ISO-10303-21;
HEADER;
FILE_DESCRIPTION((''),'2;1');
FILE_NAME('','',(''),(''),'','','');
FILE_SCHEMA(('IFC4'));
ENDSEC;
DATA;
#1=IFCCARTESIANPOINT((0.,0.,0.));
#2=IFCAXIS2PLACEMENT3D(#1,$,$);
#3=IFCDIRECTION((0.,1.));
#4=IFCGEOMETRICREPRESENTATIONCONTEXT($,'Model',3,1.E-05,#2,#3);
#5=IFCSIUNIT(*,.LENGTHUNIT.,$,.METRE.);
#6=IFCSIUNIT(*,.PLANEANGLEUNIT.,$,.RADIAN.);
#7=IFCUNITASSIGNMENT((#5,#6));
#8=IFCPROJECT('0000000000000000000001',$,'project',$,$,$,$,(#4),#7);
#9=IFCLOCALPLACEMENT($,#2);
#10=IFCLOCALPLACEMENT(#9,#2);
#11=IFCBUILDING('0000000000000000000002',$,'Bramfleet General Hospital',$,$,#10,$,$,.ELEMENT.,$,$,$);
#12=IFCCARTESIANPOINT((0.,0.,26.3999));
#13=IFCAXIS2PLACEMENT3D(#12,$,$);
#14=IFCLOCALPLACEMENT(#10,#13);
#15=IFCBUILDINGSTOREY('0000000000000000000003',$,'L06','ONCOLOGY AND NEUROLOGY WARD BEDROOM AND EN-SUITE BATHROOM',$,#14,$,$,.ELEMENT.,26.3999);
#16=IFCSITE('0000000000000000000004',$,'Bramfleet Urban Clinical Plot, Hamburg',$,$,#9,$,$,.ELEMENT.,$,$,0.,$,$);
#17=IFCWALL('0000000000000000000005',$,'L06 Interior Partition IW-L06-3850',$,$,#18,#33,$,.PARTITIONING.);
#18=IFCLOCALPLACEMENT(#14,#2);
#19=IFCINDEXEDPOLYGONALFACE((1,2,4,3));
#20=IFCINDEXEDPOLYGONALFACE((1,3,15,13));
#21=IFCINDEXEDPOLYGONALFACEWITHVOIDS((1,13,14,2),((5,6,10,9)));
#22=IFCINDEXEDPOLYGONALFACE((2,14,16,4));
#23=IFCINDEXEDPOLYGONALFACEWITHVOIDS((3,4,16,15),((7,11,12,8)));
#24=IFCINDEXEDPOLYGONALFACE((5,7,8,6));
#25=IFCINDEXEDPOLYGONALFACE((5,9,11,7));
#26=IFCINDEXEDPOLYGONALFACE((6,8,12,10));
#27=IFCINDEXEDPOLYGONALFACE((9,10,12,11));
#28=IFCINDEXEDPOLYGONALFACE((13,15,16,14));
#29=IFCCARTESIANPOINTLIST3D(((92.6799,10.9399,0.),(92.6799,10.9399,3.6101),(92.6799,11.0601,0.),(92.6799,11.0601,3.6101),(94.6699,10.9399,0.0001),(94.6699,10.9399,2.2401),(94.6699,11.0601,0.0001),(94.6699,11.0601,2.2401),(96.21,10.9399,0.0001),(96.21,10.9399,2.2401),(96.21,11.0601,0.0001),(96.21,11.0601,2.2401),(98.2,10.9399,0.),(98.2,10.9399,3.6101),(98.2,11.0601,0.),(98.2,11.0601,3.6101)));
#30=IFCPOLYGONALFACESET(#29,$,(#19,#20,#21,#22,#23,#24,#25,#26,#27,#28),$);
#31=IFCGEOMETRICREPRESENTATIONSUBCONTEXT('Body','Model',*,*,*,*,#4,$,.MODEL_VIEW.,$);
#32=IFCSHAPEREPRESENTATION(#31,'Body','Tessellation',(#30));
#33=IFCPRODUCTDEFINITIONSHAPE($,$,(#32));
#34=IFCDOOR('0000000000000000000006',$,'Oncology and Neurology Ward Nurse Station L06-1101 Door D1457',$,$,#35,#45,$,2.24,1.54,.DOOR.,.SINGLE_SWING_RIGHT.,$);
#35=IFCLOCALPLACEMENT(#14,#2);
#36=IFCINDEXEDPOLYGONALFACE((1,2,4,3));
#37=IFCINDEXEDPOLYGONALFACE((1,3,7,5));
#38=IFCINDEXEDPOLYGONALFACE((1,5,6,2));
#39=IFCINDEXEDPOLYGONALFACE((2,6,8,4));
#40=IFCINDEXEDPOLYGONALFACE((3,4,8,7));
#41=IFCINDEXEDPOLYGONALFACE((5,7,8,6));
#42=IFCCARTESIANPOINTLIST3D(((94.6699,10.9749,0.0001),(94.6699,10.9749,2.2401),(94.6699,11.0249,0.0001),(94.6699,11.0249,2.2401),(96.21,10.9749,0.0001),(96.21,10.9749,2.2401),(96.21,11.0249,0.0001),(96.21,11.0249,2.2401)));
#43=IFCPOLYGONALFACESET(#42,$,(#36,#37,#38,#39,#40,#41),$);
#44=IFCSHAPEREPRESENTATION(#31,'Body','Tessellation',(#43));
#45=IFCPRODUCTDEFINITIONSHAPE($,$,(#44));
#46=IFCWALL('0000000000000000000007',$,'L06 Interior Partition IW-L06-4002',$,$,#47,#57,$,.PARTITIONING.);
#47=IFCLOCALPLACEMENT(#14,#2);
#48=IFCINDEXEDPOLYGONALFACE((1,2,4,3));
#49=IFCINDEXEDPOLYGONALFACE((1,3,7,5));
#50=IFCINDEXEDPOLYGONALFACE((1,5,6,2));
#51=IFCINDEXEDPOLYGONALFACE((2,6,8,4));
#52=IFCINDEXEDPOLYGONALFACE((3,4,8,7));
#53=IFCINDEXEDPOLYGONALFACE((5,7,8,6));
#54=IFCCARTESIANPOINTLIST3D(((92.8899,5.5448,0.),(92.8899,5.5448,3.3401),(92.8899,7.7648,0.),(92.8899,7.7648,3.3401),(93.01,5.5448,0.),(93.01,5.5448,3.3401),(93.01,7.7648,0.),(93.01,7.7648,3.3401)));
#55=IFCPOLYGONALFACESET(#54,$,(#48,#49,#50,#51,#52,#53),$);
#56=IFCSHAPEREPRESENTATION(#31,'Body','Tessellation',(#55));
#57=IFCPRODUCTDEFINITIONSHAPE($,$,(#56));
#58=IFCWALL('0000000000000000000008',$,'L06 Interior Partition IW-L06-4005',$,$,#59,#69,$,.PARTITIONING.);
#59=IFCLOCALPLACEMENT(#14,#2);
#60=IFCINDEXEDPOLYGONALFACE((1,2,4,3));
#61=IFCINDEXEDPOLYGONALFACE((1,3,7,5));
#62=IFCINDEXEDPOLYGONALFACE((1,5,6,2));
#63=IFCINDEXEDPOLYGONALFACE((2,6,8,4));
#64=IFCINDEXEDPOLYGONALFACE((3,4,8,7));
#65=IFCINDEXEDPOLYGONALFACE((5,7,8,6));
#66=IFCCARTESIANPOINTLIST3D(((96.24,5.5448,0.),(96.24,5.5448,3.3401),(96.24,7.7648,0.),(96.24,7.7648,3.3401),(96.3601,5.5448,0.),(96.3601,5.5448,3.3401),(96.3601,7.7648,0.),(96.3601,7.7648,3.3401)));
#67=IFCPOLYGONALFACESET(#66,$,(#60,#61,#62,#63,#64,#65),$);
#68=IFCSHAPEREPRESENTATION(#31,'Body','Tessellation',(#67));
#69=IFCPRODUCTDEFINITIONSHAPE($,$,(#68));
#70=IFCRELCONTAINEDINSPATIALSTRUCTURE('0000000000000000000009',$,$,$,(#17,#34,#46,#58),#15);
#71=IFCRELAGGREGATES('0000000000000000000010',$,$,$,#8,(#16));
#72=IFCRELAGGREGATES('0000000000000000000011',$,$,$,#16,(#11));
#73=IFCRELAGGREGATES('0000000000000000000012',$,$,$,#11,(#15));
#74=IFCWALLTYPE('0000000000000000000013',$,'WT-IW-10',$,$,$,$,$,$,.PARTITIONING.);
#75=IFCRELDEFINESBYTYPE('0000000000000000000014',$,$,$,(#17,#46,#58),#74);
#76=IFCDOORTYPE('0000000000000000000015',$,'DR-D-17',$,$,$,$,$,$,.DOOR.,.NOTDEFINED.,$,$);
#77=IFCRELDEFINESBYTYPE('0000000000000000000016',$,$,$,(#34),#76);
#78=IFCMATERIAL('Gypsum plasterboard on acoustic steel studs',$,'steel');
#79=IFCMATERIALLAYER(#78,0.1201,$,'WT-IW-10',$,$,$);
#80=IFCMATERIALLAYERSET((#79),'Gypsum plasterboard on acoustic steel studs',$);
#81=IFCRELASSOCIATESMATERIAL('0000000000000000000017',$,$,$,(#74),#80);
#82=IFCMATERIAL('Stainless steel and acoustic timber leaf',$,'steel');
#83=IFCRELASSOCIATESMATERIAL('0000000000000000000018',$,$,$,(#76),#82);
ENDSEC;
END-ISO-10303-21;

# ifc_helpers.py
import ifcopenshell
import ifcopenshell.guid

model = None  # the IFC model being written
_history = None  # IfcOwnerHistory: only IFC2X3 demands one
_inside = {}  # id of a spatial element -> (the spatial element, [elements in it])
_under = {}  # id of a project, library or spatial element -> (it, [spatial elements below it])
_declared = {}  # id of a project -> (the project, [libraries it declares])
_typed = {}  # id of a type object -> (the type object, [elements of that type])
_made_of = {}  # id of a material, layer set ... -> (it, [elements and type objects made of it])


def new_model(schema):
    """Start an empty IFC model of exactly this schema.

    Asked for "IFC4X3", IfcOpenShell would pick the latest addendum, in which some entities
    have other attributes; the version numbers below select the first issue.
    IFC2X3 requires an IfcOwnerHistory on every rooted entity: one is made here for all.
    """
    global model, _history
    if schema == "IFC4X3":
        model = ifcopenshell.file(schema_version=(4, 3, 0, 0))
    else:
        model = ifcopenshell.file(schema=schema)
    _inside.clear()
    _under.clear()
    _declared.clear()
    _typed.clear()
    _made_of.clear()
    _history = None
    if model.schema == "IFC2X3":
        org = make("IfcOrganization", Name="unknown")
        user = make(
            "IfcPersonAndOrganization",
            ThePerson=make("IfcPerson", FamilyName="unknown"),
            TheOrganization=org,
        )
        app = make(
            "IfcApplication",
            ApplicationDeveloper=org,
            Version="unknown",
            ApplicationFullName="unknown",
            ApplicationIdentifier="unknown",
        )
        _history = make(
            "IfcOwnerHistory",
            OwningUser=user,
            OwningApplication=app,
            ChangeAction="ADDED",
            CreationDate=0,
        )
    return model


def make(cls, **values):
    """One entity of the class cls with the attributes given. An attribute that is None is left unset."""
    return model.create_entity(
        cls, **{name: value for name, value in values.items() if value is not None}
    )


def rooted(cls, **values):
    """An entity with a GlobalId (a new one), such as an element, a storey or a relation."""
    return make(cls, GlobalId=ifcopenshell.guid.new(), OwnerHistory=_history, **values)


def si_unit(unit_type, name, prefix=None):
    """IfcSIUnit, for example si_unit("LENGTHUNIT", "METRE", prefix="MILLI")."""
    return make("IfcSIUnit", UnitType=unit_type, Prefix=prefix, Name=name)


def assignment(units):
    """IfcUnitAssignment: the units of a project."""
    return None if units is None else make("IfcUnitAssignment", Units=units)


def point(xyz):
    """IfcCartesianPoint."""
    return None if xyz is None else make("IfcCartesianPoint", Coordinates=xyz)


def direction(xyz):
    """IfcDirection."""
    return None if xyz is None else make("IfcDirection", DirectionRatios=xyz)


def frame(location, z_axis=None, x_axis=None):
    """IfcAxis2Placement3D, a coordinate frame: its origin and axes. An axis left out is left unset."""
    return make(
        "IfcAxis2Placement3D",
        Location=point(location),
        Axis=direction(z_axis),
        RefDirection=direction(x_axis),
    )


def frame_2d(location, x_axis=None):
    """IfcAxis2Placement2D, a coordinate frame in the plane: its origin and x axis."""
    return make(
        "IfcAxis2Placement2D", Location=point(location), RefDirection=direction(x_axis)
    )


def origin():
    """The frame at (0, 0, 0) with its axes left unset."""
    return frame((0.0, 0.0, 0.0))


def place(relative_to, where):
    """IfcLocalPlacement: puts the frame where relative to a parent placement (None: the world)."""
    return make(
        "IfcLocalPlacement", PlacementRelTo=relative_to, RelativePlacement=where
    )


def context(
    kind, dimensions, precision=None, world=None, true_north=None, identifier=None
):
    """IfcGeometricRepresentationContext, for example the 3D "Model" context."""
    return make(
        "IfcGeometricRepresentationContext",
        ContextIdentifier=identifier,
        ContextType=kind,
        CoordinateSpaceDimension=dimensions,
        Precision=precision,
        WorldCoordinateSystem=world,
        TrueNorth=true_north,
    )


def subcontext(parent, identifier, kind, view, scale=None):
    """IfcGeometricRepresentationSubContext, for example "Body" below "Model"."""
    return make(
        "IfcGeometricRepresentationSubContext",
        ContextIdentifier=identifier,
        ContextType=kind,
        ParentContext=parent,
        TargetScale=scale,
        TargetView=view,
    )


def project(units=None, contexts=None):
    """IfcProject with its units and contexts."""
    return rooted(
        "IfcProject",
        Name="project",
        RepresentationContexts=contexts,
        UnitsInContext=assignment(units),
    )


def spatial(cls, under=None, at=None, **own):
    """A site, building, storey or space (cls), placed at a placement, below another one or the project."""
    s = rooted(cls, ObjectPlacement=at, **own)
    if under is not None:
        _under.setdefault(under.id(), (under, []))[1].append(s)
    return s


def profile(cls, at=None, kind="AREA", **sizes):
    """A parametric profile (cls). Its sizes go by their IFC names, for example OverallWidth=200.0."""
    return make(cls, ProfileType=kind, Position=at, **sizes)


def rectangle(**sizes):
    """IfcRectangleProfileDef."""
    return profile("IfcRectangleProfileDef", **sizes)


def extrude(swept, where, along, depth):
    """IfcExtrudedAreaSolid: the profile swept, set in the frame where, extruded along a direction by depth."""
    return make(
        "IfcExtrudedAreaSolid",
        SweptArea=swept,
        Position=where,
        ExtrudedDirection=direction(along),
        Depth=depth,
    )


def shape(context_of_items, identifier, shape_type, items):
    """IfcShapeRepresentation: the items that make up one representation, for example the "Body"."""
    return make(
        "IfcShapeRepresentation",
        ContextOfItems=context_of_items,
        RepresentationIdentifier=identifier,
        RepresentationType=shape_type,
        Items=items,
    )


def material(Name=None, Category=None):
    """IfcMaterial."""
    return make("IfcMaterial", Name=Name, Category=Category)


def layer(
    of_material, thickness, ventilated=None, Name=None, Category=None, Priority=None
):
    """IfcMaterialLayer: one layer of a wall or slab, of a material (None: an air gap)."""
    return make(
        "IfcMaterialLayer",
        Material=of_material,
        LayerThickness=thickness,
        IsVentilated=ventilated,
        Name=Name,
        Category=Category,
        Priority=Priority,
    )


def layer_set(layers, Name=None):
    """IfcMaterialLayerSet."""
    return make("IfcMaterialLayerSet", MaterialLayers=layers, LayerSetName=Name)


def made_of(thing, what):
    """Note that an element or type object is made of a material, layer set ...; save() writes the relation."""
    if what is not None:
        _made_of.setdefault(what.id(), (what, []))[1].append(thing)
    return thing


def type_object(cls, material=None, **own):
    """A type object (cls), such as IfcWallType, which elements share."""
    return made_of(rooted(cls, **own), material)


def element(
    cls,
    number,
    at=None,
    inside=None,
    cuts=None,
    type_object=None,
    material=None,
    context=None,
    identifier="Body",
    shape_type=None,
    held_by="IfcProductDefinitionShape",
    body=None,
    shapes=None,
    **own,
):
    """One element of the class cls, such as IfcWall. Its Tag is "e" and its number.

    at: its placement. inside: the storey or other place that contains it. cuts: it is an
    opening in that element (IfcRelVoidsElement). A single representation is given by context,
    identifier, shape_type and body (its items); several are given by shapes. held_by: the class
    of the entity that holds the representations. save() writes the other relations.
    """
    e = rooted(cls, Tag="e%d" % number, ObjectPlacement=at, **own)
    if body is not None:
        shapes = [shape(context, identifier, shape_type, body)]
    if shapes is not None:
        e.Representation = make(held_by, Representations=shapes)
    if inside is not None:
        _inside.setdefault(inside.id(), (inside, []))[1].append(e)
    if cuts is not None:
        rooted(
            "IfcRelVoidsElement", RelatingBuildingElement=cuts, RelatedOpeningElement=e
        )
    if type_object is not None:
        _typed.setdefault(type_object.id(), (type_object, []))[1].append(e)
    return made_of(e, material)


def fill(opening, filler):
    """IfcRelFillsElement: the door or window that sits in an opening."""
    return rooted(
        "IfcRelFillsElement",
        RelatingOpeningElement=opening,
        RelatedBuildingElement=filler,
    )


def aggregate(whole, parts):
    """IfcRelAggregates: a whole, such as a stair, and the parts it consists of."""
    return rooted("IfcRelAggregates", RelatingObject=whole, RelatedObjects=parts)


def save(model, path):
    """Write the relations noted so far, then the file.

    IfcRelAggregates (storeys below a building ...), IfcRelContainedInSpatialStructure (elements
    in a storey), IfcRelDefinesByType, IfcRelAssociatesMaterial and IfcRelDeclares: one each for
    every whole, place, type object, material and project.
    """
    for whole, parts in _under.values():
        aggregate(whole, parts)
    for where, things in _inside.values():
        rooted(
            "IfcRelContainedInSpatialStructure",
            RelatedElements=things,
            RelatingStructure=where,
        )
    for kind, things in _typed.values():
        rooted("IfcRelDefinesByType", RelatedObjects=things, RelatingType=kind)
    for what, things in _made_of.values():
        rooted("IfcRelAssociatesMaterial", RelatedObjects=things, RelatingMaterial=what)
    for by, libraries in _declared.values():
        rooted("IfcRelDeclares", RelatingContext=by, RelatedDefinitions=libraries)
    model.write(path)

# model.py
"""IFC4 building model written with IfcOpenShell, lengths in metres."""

from ifc_helpers import new_model, si_unit, direction, frame, frame_2d, origin, place, context, subcontext, project, spatial, rectangle, extrude, material, layer, layer_set, type_object, element, fill, save


model = new_model("IFC4")

# Units and contexts
model_context = context("Model", 3, precision=1e-05, world=origin(), true_north=direction((0.0, 1.0)))
body_context = subcontext(model_context, "Body", "Model", "MODEL_VIEW")
ifc_project = project(units=[si_unit("LENGTHUNIT", "METRE"), si_unit("PLANEANGLEUNIT", "RADIAN")], contexts=[model_context])

# Site, building, storey
site_placement = place(None, origin())
site = spatial("IfcSite", under=ifc_project, at=site_placement, Name="Bramfleet Urban Clinical Plot, Hamburg", CompositionType="ELEMENT", RefElevation=0.0)
building_placement = place(site_placement, origin())
building = spatial("IfcBuilding", under=site, at=building_placement, Name="Bramfleet General Hospital", CompositionType="ELEMENT")
storey_placement = place(building_placement, frame((0.0, 0.0, 26.3999)))
storey = spatial("IfcBuildingStorey", under=building, at=storey_placement, Name="L06", Description="ONCOLOGY AND NEUROLOGY WARD BEDROOM AND EN-SUITE BATHROOM", CompositionType="ELEMENT", Elevation=26.3999)

# Shared definitions
ifc_material_1 = material(Name="Stainless steel and acoustic timber leaf", Category="steel")
ifc_material_2 = material(Name="Gypsum plasterboard on acoustic steel studs", Category="steel")
ifc_layer_1 = layer(ifc_material_2, 0.1201, Name="WT-IW-10")
ifc_layer_set_1 = layer_set([ifc_layer_1], Name="Gypsum plasterboard on acoustic steel studs")
wall_type_1 = type_object("IfcWallType", Name="WT-IW-10", PredefinedType="PARTITIONING", material=ifc_layer_set_1)

# Wall, opening, door
wall_1_placement = place(storey_placement, frame((92.6799, 11.0, 0.0), z_axis=(0.0, 0.0, 1.0), x_axis=(1.0, 0.0, 0.0)))
wall_1 = element("IfcWall", 1, at=wall_1_placement, inside=storey, type_object=wall_type_1, Name="L06 Interior Partition IW-L06-3850", PredefinedType="PARTITIONING", context=body_context, shape_type="SweptSolid", body=[
    extrude(rectangle(XDim=5.52, YDim=0.1201, at=frame_2d((2.76, 0.0))), origin(), (0.0, 0.0, 1.0), 3.6101),
])
opening_1_placement = place(wall_1_placement, frame((1.99, 0.0, 0.0)))
opening_1 = element("IfcOpeningElement", 2, at=opening_1_placement, cuts=wall_1, PredefinedType="OPENING", context=body_context, shape_type="SweptSolid", body=[
    extrude(rectangle(XDim=1.54, YDim=2.24, at=frame_2d((0.77, 1.1201))), frame((0.0, 0.0701, 0.0), z_axis=(0.0, -1.0, 0.0), x_axis=(1.0, 0.0, 0.0)), (0.0, 0.0, 1.0), 0.1401),
])
door_type_1 = type_object("IfcDoorType", Name="DR-D-17", OperationType="NOTDEFINED", PredefinedType="DOOR", material=ifc_material_1)
door_1_placement = place(opening_1_placement, origin())
door_1 = element("IfcDoor", 3, at=door_1_placement, inside=storey, type_object=door_type_1, Name="Oncology and Neurology Ward Nurse Station L06-1101 Door D1457", OperationType="SINGLE_SWING_RIGHT", OverallHeight=2.24, OverallWidth=1.54, PredefinedType="DOOR", context=body_context, shape_type="SweptSolid", body=[
    extrude(rectangle(XDim=1.54, YDim=2.24, at=frame_2d((0.77, 1.1201))), frame((0.0, 0.0249, 0.0), z_axis=(0.0, -1.0, 0.0), x_axis=(1.0, 0.0, 0.0)), (0.0, 0.0, 1.0), 0.05),
])
fill(opening_1, door_1)

# Walls
for number, where, z_axis, x_axis, name in (
    (4, (92.95, 5.5449, 0.0), (0.0, 0.0, 1.0), (0.0, 1.0, 0.0), "L06 Interior Partition IW-L06-4002"),
    (5, (96.3, 5.5449, 0.0), (0.0, 0.0, 1.0), (0.0, 1.0, 0.0), "L06 Interior Partition IW-L06-4005"),
):
    element("IfcWall", number, at=place(storey_placement, frame(where, z_axis=z_axis, x_axis=x_axis)), inside=storey, type_object=wall_type_1, Name=name, PredefinedType="PARTITIONING", context=body_context, shape_type="SweptSolid", body=[
        extrude(rectangle(XDim=2.22, YDim=0.1201, at=frame_2d((1.1099, 0.0))), origin(), (0.0, 0.0, 1.0), 3.3401),
    ])

save(model, "model.ifc")
